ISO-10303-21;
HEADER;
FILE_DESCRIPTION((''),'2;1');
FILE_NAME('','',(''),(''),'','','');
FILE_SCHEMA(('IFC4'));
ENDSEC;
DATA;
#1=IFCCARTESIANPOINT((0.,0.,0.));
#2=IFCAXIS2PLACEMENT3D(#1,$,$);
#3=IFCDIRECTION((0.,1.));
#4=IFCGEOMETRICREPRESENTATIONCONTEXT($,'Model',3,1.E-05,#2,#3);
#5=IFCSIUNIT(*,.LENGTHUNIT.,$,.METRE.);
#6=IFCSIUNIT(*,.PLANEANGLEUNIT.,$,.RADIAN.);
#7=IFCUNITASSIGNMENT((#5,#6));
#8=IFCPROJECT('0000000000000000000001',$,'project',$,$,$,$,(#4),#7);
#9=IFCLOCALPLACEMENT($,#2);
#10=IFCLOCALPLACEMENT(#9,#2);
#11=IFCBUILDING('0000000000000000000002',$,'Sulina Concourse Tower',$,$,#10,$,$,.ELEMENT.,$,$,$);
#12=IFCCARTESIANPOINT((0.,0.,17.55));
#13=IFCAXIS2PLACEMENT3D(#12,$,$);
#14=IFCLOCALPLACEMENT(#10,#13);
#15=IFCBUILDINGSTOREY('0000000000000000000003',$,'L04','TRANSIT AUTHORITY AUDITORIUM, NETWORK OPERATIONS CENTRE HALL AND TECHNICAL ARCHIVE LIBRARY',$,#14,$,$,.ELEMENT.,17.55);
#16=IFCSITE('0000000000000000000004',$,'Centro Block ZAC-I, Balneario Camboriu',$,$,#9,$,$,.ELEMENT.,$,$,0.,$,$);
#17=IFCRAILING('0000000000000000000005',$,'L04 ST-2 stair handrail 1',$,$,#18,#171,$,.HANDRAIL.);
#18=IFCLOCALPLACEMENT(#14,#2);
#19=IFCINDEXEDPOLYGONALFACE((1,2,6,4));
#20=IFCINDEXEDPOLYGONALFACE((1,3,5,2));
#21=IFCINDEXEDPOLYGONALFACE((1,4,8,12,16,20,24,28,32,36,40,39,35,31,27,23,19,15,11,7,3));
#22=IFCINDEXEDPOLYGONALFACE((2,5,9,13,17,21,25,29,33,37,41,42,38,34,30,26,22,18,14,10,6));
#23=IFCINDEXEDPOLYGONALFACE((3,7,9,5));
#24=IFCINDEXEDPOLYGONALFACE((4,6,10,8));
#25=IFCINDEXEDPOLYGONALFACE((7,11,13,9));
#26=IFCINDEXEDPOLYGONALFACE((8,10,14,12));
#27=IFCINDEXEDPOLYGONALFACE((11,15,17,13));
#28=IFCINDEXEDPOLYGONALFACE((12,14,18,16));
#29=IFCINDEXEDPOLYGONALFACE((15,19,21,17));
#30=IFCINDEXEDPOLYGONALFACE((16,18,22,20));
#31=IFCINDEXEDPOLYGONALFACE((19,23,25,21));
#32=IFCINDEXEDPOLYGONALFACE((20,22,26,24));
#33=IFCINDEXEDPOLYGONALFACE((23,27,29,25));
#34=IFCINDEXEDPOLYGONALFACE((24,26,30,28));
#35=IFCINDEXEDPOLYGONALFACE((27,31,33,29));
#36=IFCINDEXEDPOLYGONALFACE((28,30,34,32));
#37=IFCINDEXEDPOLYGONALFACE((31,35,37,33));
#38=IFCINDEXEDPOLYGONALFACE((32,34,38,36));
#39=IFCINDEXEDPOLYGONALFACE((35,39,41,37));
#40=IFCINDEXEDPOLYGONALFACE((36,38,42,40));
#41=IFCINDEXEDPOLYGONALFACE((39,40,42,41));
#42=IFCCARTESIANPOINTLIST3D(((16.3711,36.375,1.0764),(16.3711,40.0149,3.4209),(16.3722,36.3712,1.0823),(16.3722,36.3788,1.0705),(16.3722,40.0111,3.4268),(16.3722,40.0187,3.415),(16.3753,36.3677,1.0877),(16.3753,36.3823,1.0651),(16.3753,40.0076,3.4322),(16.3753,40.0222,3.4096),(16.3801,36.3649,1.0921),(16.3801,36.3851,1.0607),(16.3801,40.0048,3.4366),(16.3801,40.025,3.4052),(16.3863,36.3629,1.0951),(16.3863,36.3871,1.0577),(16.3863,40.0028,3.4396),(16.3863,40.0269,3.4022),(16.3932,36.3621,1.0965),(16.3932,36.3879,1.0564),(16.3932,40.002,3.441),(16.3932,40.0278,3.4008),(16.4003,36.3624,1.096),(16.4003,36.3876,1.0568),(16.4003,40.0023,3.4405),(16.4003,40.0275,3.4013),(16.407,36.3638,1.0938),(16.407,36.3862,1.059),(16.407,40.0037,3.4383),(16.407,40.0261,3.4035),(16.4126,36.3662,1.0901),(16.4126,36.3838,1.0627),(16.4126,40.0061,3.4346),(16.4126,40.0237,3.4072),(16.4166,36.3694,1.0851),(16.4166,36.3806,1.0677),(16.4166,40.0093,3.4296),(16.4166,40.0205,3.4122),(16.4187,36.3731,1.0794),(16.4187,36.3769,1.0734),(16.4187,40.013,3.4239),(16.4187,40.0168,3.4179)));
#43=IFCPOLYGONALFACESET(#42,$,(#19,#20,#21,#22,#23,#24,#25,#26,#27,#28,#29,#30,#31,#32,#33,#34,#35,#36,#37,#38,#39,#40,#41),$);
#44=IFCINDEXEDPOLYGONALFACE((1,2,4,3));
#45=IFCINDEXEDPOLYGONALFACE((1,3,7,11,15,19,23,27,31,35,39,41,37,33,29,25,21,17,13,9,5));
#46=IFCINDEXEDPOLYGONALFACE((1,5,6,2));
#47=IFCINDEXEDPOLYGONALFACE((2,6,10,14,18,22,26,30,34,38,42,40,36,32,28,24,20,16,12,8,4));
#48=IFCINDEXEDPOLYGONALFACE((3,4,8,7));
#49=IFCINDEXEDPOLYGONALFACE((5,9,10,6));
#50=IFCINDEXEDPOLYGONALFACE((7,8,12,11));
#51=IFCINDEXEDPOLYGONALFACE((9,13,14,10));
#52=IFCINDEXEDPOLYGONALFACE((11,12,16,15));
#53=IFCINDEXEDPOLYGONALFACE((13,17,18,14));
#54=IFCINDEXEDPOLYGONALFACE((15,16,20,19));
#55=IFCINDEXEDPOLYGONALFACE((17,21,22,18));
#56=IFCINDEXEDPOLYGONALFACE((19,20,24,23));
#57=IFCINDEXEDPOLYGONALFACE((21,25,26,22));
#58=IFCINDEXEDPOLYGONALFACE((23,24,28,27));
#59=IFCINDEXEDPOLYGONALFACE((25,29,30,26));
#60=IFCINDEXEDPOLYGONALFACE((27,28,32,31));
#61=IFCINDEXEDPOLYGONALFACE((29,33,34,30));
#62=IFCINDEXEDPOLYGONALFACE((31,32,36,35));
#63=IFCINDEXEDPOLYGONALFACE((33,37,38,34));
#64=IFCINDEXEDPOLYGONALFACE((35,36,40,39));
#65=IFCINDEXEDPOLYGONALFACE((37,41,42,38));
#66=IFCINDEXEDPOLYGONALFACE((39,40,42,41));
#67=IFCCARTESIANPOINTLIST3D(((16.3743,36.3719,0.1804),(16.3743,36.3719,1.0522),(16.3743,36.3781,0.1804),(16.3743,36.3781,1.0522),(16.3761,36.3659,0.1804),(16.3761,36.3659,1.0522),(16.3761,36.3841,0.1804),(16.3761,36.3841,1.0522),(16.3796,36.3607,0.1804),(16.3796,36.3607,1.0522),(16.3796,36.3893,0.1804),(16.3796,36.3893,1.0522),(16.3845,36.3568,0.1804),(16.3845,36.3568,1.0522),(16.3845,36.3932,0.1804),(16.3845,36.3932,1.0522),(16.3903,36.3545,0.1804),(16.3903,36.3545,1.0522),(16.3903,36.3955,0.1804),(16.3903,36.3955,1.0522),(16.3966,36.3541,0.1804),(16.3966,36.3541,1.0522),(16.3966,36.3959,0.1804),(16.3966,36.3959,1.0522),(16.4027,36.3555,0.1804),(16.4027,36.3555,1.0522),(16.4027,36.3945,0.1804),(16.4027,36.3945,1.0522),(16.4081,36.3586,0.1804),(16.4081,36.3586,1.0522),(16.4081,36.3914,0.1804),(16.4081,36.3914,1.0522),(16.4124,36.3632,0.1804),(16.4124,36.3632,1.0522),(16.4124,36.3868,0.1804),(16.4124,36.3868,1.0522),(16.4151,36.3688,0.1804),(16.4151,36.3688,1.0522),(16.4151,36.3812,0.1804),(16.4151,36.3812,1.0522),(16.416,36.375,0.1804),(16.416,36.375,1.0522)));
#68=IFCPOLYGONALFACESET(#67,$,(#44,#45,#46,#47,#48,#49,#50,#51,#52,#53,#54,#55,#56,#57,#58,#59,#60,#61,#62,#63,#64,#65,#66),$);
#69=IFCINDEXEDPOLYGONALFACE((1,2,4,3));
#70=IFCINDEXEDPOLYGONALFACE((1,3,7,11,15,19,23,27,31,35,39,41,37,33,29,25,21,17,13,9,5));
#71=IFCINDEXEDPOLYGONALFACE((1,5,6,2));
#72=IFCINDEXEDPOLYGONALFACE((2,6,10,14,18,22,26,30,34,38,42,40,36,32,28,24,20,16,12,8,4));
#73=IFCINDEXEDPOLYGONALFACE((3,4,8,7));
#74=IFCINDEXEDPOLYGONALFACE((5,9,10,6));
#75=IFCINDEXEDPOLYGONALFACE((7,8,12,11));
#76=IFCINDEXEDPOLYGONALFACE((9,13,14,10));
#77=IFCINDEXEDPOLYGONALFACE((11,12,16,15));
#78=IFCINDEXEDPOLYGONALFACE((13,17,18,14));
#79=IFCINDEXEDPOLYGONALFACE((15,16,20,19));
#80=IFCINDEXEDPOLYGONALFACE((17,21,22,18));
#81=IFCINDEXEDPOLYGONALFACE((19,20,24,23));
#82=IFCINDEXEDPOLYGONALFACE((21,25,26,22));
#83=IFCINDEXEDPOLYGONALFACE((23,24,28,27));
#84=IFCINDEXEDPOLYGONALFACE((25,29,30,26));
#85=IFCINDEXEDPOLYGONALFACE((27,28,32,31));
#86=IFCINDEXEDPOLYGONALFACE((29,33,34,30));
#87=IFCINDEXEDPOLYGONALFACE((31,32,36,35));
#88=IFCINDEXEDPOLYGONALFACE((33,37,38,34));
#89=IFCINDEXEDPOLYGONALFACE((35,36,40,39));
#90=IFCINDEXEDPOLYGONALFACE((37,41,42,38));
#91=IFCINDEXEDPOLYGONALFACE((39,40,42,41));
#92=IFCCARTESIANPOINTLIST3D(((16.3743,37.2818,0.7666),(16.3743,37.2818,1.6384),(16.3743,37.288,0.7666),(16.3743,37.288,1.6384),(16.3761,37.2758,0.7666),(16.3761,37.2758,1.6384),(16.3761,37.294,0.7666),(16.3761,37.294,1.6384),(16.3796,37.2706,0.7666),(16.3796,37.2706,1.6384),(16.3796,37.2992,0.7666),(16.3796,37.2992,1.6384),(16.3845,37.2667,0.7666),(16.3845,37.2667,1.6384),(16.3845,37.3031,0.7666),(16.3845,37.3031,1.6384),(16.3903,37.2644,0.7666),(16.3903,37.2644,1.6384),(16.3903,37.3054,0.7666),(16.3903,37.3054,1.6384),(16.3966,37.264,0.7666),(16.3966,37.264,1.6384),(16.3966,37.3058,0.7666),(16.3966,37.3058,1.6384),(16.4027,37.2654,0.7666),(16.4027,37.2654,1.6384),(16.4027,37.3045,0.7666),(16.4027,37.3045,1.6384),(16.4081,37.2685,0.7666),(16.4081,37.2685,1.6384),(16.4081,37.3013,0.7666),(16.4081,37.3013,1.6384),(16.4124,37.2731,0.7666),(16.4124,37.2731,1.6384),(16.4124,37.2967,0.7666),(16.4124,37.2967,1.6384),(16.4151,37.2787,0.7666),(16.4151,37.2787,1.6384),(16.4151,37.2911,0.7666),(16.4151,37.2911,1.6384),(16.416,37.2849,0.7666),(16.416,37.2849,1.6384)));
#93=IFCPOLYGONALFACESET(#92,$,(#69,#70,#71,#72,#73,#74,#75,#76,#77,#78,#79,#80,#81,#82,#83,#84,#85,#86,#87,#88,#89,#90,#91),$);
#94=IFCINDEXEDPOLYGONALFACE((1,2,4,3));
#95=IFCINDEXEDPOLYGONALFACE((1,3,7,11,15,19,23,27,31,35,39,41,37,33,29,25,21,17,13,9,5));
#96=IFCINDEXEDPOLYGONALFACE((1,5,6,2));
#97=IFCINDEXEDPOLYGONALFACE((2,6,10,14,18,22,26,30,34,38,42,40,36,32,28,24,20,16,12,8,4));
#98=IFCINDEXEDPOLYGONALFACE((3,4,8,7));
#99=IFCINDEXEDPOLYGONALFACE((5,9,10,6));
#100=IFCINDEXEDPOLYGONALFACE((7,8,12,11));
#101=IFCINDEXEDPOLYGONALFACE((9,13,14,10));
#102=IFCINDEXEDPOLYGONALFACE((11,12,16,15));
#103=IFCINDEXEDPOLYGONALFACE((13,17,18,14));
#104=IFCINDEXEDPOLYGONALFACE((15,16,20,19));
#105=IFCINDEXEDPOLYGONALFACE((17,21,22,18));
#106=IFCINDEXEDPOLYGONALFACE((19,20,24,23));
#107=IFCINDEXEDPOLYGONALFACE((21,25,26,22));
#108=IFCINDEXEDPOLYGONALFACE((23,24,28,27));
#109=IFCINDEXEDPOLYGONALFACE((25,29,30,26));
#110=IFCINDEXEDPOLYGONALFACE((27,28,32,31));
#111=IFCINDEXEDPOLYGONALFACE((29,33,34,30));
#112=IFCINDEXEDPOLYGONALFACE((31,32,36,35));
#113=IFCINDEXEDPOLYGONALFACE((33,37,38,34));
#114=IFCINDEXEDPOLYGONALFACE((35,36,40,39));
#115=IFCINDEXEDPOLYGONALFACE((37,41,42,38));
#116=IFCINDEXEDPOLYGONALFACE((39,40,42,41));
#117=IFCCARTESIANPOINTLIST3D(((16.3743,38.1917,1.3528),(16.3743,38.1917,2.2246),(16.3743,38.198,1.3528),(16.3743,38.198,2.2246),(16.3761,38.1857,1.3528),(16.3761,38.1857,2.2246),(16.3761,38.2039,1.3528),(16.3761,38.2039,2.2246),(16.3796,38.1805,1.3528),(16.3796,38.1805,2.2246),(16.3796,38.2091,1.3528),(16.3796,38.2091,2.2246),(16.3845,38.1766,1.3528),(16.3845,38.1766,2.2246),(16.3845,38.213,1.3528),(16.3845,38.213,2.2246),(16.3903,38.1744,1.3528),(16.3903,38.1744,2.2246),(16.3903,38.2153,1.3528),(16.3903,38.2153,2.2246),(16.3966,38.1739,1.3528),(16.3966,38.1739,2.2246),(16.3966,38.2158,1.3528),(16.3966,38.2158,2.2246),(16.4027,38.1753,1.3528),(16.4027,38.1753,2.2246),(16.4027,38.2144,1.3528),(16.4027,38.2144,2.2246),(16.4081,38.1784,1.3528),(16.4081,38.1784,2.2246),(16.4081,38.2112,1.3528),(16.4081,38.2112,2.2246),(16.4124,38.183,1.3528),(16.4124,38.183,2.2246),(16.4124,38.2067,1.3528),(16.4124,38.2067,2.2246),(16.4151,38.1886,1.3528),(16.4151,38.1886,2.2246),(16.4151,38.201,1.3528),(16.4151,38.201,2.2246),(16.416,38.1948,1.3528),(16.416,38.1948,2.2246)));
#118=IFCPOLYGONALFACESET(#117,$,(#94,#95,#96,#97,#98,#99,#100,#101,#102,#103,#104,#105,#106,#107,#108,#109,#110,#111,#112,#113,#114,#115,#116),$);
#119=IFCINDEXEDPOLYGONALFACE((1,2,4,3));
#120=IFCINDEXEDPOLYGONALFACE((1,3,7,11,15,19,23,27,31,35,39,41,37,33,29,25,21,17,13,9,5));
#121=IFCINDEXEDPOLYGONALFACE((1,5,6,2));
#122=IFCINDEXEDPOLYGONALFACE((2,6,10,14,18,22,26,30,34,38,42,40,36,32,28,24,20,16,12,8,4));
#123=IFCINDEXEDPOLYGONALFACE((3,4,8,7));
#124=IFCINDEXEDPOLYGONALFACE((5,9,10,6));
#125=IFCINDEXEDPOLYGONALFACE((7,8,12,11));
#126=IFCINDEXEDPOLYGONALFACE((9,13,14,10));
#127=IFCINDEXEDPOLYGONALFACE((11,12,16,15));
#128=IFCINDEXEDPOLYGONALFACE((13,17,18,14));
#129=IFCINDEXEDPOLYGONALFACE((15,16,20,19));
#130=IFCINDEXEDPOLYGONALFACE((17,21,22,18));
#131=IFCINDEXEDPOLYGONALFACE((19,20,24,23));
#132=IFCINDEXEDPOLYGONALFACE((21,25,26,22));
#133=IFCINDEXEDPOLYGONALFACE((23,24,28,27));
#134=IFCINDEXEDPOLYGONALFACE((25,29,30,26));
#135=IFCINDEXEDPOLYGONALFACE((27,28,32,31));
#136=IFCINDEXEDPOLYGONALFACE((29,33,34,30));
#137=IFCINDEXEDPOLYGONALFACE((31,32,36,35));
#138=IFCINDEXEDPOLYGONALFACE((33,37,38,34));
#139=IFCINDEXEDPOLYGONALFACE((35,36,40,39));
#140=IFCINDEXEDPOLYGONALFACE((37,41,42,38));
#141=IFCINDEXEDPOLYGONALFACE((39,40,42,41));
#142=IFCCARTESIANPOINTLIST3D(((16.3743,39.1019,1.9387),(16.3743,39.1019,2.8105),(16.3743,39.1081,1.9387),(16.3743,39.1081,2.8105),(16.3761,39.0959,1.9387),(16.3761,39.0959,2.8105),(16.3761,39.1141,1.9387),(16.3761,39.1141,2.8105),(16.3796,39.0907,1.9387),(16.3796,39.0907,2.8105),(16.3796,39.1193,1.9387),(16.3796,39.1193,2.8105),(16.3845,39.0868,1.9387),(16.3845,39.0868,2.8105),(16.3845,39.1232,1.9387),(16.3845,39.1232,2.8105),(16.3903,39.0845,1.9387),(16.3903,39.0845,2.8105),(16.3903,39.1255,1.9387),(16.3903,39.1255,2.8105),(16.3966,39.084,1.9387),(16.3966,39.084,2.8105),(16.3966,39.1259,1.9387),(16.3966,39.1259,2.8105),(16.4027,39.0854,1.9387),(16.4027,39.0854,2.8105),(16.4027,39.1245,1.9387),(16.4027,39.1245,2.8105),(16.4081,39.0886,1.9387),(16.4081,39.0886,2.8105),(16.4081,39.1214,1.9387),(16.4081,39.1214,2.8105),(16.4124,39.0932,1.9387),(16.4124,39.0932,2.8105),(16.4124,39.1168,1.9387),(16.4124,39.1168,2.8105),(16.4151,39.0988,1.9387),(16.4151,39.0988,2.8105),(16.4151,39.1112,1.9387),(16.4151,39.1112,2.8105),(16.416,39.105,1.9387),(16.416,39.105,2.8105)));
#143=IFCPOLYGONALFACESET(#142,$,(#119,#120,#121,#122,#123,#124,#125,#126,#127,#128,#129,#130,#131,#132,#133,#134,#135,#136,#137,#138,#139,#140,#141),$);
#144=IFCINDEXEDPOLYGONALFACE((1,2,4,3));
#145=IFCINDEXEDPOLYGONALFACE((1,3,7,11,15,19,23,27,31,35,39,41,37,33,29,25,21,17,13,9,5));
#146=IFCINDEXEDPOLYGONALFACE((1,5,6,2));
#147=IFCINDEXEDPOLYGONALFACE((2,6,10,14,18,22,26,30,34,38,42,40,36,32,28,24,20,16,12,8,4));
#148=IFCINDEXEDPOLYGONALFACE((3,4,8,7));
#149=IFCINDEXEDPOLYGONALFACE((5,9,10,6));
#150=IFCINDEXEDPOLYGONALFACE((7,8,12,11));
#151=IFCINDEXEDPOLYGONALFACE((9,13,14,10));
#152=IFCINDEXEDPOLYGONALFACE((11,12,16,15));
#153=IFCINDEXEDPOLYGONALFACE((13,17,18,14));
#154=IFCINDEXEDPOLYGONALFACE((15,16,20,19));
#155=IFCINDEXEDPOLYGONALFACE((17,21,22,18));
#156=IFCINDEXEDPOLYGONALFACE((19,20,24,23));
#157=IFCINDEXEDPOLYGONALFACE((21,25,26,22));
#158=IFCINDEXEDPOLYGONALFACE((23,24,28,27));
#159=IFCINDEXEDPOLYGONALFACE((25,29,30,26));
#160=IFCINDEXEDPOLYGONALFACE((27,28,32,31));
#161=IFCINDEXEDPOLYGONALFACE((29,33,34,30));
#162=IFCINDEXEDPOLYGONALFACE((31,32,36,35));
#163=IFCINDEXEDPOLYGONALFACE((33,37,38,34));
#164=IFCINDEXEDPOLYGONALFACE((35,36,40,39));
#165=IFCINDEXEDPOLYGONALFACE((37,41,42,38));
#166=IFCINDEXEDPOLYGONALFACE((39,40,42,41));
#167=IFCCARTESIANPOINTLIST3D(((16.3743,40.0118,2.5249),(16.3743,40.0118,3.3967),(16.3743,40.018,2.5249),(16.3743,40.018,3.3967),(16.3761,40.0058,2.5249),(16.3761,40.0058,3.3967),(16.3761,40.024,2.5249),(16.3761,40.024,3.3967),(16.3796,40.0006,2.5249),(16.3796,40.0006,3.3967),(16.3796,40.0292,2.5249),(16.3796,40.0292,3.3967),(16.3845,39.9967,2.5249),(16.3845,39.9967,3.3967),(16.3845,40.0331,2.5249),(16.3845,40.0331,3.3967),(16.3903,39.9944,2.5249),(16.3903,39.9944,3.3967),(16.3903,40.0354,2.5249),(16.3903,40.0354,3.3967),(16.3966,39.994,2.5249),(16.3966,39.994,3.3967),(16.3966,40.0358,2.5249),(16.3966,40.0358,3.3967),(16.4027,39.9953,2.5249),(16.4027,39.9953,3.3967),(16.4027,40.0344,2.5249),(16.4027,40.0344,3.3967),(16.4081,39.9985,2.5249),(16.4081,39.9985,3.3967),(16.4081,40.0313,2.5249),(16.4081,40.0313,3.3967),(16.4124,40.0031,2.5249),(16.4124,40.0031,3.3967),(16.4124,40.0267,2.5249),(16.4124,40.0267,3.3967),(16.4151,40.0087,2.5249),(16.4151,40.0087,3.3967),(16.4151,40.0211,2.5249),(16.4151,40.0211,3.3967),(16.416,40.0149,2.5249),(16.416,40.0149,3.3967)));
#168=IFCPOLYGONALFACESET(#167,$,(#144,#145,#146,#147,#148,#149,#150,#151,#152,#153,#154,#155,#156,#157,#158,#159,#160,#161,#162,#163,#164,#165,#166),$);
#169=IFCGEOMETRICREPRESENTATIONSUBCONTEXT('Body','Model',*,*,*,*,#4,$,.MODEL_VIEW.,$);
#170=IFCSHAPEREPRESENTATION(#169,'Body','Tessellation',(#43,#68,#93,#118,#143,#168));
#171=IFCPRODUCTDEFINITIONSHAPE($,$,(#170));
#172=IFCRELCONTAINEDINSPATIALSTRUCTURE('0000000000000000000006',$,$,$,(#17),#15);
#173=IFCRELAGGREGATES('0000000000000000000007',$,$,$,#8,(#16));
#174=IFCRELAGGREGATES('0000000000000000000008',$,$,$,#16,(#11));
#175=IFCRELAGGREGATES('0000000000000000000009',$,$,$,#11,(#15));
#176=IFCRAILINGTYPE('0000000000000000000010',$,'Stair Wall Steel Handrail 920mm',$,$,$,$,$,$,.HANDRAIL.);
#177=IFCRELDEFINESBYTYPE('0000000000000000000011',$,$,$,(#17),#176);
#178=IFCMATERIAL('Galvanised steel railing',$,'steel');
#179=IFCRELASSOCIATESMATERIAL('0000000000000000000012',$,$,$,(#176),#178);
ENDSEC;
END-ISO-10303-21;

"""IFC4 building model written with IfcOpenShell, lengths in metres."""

from ifc_helpers import new_model, si_unit, direction, frame, origin, origin_2d, place, context, subcontext, project, spatial, circle, extrude, material, type_object, element, save


model = new_model("IFC4")

# Units and contexts
model_context = context("Model", 3, precision=1e-05, world=origin(), true_north=direction((0.0, 1.0)))
body_context = subcontext(model_context, "Body", "Model", "MODEL_VIEW")
ifc_project = project(units=[si_unit("LENGTHUNIT", "METRE"), si_unit("PLANEANGLEUNIT", "RADIAN")], contexts=[model_context])

# Site, building, storey
site_placement = place(None, origin())
site = spatial("IfcSite", under=ifc_project, at=site_placement, Name="Centro Block ZAC-I, Balneario Camboriu", CompositionType="ELEMENT", RefElevation=0.0)
building_placement = place(site_placement, origin())
building = spatial("IfcBuilding", under=site, at=building_placement, Name="Sulina Concourse Tower", CompositionType="ELEMENT")
storey_placement = place(building_placement, frame((0.0, 0.0, 17.55)))
storey = spatial("IfcBuildingStorey", under=building, at=storey_placement, Name="L04", Description="TRANSIT AUTHORITY AUDITORIUM, NETWORK OPERATIONS CENTRE HALL AND TECHNICAL ARCHIVE LIBRARY", CompositionType="ELEMENT", Elevation=17.55)

# Railing
ifc_material_1 = material(Name="Galvanised steel railing", Category="steel")
railing_type_1 = type_object("IfcRailingType", Name="Stair Wall Steel Handrail 920mm", PredefinedType="HANDRAIL", material=ifc_material_1)
railing_1_placement = place(storey_placement, frame((16.395, 36.375, 0.1804)))
element("IfcRailing", 1, at=railing_1_placement, inside=storey, type_object=railing_type_1, Name="L04 ST-2 stair handrail 1", PredefinedType="HANDRAIL", context=body_context, shape_type="SweptSolid", body=[
    extrude(circle(Radius=0.0239, at=origin_2d()), frame((0.0, 0.0, 0.896), z_axis=(0.0, 0.8407, 0.541501), x_axis=(-1.0, 0.0, 0.0)), (0.0, 0.0, 1.0), 4.3296),
    extrude(circle(Radius=0.021, at=origin_2d()), origin(), (0.0, 0.0, 1.0), 0.8718),
    extrude(circle(Radius=0.021, at=origin_2d()), frame((0.0, 0.9099, 0.5862)), (0.0, 0.0, 1.0), 0.8718),
    extrude(circle(Radius=0.021, at=origin_2d()), frame((0.0, 1.8198, 1.1724)), (0.0, 0.0, 1.0), 0.8718),
    extrude(circle(Radius=0.021, at=origin_2d()), frame((0.0, 2.73, 1.7583)), (0.0, 0.0, 1.0), 0.8718),
    extrude(circle(Radius=0.021, at=origin_2d()), frame((0.0, 3.6399, 2.3445)), (0.0, 0.0, 1.0), 0.8718),
])

save(model, "model.ifc")
